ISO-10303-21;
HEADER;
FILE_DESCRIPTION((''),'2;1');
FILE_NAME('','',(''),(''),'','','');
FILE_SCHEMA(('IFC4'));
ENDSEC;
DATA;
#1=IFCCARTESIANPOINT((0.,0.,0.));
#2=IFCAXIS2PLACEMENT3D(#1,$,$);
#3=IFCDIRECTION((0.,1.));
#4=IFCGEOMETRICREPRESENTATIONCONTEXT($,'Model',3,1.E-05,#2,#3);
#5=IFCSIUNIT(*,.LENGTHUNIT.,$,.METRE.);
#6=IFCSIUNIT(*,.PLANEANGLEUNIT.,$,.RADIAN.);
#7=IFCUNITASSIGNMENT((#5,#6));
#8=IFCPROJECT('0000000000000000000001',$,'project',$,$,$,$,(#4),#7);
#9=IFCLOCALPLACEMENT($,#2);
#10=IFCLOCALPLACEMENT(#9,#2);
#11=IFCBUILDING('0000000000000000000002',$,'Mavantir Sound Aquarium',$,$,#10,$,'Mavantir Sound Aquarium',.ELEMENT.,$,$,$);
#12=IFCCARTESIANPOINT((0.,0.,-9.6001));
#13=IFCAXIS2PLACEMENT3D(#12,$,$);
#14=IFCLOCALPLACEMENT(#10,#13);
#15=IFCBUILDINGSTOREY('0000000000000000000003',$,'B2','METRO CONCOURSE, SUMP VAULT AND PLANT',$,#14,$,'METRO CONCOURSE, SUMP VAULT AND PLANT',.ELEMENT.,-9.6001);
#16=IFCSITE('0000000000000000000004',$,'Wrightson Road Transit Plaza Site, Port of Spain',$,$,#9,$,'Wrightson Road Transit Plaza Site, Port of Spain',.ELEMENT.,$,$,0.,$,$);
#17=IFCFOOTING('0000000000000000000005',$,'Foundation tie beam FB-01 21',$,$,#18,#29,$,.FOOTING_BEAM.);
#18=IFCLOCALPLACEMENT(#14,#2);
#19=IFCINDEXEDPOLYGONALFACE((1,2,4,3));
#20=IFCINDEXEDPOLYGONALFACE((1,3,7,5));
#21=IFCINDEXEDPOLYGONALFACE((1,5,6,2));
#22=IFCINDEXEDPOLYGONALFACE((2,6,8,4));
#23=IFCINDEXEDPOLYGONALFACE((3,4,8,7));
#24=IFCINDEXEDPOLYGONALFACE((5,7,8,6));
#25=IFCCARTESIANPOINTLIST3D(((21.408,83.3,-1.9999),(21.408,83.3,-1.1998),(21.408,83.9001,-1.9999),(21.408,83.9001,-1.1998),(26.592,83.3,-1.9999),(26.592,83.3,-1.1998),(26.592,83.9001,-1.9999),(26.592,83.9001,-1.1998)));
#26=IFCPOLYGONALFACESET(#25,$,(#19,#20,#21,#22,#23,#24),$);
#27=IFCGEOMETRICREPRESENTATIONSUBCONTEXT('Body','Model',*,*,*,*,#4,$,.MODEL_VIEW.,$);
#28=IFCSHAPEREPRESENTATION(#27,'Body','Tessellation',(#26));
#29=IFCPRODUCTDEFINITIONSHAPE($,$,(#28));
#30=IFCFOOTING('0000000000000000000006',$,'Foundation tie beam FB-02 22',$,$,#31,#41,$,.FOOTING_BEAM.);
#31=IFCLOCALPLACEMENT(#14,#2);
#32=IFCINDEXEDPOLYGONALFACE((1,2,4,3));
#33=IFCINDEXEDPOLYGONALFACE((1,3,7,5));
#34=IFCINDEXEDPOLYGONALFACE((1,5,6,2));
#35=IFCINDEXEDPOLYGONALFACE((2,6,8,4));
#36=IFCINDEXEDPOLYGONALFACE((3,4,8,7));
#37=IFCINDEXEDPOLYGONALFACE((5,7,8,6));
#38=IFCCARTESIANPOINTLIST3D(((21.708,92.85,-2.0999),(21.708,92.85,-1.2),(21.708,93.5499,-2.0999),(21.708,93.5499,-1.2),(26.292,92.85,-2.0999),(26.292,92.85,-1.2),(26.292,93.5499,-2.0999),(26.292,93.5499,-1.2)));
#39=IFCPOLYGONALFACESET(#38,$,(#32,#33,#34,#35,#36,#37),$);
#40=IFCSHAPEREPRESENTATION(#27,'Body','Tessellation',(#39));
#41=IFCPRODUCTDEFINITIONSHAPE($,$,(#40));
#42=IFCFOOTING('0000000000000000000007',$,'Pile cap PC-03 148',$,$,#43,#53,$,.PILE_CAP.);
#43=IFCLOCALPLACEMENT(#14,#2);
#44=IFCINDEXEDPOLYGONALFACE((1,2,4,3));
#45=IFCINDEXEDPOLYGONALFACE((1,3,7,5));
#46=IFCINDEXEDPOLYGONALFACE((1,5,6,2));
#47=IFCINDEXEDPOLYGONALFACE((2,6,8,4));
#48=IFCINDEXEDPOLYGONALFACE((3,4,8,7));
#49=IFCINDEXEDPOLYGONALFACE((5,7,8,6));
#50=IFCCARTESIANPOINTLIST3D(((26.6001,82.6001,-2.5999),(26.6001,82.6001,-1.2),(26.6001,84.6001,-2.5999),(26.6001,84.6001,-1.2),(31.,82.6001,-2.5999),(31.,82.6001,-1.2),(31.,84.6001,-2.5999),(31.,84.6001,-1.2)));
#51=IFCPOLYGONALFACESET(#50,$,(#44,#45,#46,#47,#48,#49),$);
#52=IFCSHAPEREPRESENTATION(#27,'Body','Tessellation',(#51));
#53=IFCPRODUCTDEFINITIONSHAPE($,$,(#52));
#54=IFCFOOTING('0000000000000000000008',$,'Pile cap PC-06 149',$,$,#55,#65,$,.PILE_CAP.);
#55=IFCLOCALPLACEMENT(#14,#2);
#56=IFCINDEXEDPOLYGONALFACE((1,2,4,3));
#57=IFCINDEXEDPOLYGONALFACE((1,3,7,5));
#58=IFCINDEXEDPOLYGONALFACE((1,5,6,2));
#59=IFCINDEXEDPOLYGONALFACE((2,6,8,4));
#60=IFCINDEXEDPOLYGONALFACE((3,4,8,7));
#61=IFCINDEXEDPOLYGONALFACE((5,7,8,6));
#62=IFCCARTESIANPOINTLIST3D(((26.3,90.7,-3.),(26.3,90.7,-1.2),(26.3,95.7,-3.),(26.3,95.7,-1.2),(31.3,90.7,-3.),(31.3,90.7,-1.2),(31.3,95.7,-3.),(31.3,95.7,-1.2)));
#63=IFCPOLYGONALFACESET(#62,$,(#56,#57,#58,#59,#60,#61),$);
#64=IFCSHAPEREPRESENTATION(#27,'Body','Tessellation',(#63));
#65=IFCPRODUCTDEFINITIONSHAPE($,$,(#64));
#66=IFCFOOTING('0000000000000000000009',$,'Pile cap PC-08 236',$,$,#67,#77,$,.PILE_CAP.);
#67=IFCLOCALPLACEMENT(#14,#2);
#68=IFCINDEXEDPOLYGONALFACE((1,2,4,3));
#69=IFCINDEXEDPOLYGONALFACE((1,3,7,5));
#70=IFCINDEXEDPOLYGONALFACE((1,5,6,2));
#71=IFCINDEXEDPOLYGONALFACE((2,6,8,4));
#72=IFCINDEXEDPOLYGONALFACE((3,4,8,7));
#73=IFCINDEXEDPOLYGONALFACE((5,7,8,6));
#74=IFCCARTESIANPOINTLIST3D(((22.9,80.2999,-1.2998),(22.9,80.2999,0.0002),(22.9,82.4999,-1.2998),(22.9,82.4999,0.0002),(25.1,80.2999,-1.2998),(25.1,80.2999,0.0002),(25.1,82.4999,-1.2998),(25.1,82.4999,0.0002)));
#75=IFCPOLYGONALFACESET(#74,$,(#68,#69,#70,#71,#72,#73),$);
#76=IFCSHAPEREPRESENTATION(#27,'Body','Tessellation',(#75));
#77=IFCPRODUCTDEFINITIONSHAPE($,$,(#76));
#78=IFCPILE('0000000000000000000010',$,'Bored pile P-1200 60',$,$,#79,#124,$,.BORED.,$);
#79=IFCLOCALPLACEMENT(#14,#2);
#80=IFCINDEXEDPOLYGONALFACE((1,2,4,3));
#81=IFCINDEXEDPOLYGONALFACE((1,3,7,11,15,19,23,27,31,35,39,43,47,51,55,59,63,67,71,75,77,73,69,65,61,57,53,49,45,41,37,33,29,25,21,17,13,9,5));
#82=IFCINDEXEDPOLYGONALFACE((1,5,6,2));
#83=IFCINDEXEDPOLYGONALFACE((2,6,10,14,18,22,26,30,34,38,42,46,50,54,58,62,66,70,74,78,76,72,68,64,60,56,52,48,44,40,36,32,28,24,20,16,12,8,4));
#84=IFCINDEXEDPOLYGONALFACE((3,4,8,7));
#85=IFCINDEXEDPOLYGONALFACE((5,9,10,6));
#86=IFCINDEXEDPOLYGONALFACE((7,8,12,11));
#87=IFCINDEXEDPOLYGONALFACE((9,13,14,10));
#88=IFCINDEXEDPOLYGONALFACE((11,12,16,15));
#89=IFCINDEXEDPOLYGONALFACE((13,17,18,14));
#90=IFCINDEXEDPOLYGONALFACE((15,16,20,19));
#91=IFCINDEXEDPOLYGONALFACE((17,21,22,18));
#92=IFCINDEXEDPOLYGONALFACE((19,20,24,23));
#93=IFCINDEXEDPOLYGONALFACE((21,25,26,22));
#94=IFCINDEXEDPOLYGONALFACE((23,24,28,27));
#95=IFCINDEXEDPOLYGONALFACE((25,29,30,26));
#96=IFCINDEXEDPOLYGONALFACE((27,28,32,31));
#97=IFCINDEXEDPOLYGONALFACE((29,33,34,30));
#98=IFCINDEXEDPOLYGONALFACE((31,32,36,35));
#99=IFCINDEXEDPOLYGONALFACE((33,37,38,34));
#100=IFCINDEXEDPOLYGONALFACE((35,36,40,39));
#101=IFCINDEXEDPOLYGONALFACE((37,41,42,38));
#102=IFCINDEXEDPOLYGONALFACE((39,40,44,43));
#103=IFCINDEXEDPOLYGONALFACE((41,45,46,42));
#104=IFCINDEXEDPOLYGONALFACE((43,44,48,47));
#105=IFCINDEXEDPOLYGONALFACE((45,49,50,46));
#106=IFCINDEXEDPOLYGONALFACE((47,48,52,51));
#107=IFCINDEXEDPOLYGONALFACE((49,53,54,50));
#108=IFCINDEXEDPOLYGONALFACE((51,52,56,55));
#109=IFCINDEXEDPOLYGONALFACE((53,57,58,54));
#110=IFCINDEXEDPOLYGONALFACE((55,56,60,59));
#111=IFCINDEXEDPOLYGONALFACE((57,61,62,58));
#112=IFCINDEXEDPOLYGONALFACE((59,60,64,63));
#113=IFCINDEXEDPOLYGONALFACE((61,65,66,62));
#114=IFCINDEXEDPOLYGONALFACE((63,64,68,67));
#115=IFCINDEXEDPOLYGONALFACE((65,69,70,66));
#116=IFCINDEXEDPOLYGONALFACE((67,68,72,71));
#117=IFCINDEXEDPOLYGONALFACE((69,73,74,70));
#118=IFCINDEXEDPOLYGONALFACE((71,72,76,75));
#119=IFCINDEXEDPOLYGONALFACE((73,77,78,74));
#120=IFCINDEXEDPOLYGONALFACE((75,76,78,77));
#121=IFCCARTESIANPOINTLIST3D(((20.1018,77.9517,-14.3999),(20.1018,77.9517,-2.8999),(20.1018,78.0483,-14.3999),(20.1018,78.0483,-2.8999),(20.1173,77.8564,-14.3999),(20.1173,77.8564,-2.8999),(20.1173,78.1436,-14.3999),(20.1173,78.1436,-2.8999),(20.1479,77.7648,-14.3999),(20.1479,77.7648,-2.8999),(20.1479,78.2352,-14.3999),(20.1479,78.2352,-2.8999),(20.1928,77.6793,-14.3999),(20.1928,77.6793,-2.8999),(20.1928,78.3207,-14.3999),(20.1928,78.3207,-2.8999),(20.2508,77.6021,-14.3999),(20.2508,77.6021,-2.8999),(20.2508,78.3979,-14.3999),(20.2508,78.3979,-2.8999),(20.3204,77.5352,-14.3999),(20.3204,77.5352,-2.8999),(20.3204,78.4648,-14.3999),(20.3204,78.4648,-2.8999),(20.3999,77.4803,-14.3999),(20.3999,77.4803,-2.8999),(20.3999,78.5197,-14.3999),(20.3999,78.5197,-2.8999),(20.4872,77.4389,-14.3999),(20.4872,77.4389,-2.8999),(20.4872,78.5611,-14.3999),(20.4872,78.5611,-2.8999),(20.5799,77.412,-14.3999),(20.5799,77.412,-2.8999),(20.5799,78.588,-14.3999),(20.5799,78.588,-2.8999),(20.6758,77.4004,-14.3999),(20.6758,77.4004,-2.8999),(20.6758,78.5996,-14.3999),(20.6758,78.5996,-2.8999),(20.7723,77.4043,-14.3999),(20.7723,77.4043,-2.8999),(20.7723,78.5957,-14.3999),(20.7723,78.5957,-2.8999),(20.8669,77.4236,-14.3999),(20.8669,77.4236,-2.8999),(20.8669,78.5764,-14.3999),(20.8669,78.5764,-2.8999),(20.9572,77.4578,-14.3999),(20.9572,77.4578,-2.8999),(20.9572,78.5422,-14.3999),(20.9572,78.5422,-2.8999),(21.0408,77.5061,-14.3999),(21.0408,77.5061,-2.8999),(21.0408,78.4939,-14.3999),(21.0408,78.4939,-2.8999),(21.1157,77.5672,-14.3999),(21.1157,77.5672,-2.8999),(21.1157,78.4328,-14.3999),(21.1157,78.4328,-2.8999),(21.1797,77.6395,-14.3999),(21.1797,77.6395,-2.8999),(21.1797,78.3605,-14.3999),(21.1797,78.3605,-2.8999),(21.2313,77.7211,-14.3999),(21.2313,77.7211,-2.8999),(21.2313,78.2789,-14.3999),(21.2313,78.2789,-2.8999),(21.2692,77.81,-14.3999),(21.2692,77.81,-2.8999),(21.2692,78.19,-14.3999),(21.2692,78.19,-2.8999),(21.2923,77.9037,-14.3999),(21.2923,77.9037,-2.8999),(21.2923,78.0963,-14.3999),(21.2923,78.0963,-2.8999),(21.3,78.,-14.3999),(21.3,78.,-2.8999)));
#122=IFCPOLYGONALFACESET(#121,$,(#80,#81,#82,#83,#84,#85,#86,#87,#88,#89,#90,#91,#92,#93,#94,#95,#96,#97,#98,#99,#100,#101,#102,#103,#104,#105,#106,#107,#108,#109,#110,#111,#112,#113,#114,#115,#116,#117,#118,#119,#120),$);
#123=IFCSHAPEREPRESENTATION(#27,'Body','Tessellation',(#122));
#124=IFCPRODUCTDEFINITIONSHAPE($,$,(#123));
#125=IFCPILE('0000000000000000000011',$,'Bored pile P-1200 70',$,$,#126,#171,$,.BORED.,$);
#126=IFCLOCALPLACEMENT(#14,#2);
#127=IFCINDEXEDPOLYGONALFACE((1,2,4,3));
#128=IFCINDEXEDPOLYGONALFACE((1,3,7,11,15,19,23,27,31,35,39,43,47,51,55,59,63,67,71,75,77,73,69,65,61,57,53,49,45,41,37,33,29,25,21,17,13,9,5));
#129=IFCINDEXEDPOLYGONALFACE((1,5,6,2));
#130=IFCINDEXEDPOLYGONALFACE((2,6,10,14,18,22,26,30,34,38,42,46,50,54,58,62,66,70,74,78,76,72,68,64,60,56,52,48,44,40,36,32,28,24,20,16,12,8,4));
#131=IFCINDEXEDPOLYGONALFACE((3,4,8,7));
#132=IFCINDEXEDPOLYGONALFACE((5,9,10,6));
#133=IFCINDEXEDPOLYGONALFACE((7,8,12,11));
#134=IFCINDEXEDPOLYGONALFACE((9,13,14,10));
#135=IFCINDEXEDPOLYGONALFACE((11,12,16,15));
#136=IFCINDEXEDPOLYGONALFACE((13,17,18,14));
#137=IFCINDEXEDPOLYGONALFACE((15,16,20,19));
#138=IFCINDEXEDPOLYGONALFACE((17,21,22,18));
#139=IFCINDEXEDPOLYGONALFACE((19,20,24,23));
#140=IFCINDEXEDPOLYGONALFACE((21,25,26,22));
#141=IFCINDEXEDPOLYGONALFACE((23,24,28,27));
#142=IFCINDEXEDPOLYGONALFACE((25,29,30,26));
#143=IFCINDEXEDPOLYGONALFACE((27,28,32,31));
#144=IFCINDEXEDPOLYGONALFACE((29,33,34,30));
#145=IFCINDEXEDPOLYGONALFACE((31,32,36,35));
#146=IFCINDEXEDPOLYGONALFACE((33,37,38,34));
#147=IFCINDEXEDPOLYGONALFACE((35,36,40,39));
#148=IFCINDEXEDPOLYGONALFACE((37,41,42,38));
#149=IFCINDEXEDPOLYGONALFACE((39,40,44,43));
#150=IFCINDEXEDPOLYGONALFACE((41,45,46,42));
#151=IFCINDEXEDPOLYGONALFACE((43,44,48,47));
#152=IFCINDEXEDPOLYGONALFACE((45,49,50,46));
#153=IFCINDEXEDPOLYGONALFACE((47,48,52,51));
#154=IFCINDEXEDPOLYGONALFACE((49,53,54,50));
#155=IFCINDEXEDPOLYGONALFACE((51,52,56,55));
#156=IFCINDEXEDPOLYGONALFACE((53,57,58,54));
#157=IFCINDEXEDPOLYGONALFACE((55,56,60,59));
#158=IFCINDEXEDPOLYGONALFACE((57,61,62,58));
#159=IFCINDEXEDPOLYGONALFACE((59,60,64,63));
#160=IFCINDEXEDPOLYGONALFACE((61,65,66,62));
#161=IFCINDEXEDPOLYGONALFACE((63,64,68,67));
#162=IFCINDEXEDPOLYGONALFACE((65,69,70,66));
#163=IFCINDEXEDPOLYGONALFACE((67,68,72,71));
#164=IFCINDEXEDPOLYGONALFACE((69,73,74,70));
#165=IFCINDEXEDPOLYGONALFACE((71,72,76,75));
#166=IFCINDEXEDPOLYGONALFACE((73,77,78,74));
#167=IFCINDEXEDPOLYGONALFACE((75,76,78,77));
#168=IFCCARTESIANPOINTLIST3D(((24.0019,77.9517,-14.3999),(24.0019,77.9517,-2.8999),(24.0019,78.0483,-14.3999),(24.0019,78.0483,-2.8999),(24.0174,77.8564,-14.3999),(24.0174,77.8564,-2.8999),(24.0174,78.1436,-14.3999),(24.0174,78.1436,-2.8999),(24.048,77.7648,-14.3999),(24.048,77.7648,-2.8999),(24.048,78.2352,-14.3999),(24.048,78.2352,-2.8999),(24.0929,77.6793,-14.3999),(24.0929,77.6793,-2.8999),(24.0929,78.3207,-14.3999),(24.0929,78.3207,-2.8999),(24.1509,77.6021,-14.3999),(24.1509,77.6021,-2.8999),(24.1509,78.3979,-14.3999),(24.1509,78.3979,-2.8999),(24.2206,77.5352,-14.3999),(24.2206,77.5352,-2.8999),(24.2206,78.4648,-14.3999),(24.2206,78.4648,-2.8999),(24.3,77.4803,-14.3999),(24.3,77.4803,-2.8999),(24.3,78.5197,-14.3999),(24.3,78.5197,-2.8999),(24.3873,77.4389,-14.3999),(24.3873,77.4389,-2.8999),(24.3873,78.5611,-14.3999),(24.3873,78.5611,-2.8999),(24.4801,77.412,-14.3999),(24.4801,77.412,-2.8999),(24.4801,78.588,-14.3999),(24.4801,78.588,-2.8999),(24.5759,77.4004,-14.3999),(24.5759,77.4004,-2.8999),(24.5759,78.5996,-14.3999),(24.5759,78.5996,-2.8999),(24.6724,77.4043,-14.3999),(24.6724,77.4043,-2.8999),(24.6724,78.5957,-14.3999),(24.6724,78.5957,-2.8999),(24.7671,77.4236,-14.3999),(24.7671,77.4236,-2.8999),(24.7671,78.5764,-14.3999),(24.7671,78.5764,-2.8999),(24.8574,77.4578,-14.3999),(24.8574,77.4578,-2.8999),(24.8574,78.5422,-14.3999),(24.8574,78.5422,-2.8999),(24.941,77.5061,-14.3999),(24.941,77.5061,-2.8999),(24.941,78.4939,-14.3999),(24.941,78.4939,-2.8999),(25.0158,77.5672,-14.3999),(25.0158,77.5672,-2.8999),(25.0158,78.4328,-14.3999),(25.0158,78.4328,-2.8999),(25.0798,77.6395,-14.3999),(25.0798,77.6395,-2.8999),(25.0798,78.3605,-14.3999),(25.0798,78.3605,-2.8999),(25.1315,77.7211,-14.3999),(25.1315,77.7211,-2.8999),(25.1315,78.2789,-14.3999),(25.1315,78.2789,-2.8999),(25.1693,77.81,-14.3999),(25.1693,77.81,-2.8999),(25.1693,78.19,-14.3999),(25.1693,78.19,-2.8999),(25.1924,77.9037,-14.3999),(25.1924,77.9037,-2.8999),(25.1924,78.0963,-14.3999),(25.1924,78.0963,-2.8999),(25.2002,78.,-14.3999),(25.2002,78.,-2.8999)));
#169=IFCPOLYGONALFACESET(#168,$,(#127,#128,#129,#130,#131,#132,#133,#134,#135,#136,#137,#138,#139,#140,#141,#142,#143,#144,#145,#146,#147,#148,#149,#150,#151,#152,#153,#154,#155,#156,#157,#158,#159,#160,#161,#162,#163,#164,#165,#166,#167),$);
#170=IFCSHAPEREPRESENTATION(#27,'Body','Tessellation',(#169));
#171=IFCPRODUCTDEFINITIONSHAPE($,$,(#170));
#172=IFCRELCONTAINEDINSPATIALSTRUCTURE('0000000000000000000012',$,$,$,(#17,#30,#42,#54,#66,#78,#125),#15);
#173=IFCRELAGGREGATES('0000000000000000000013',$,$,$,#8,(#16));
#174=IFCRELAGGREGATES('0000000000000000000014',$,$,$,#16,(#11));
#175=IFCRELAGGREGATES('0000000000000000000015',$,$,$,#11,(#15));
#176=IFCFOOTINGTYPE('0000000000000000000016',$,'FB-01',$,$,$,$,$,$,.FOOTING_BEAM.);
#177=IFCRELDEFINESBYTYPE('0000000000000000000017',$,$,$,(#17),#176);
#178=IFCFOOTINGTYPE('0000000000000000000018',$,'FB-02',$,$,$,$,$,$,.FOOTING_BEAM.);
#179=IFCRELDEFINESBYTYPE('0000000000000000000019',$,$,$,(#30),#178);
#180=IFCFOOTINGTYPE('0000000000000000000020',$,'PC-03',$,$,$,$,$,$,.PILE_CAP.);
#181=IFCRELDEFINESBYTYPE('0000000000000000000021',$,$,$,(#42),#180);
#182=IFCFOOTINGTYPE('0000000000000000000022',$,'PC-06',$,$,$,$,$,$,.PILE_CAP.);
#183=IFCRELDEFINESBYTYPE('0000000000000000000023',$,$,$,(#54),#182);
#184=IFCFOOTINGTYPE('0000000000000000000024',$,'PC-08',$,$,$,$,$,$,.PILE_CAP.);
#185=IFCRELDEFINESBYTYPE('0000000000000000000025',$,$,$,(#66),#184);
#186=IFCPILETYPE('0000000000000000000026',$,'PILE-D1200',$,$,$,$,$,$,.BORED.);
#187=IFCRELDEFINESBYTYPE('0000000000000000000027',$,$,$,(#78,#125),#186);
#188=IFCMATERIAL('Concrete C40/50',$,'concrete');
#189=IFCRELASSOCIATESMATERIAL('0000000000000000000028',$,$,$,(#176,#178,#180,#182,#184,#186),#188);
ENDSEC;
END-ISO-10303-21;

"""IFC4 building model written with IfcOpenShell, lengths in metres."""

from ifc_helpers import new_model, si_unit, direction, frame, origin, origin_2d, place, context, subcontext, project, spatial, rectangle, circle, extrude, material, material_profile, profile_set, type_object, element, save


model = new_model("IFC4")

# Units and contexts
model_context = context("Model", 3, precision=1e-05, world=origin(), true_north=direction((0.0, 1.0)))
body_context = subcontext(model_context, "Body", "Model", "MODEL_VIEW")
ifc_project = project(units=[si_unit("LENGTHUNIT", "METRE"), si_unit("PLANEANGLEUNIT", "RADIAN")], contexts=[model_context])

# Site, building, storey
site_placement = place(None, origin())
site = spatial("IfcSite", under=ifc_project, at=site_placement, Name="Wrightson Road Transit Plaza Site, Port of Spain", LongName="Wrightson Road Transit Plaza Site, Port of Spain", CompositionType="ELEMENT", RefElevation=0.0)
building_placement = place(site_placement, origin())
building = spatial("IfcBuilding", under=site, at=building_placement, Name="Mavantir Sound Aquarium", LongName="Mavantir Sound Aquarium", CompositionType="ELEMENT")
storey_placement = place(building_placement, frame((0.0, 0.0, -9.6001)))
storey = spatial("IfcBuildingStorey", under=building, at=storey_placement, Name="B2", Description="METRO CONCOURSE, SUMP VAULT AND PLANT", LongName="METRO CONCOURSE, SUMP VAULT AND PLANT", CompositionType="ELEMENT", Elevation=-9.6001)

# Footings
ifc_material_1 = material(Name="Concrete C40/50", Category="concrete")
ifc_material_profile_1 = material_profile(ifc_material_1, rectangle(XDim=0.6001, YDim=0.8, at=origin_2d()), Name="RC 600X800")
ifc_profile_set_1 = profile_set([ifc_material_profile_1], Name="Concrete C40/50")
footing_type_1 = type_object("IfcFootingType", Name="FB-01", PredefinedType="FOOTING_BEAM", material=ifc_profile_set_1)
footing_1_placement = place(storey_placement, frame((21.408, 83.6001, -1.5999), z_axis=(1.0, 0.0, 0.0), x_axis=(0.0, 1.0, 0.0)))
element("IfcFooting", 1, at=footing_1_placement, inside=storey, type_object=footing_type_1, Name="Foundation tie beam FB-01 21", PredefinedType="FOOTING_BEAM", context=body_context, shape_type="SweptSolid", body=[
    extrude(rectangle(XDim=0.6001, YDim=0.8, at=origin_2d()), origin(), (0.0, 0.0, 1.0), 5.1841),
])
ifc_material_profile_2 = material_profile(ifc_material_1, rectangle(XDim=0.7, YDim=0.8999, at=origin_2d()), Name="RC 700X900")
ifc_profile_set_2 = profile_set([ifc_material_profile_2], Name="Concrete C40/50")
footing_type_2 = type_object("IfcFootingType", Name="FB-02", PredefinedType="FOOTING_BEAM", material=ifc_profile_set_2)
footing_2_placement = place(storey_placement, frame((21.708, 93.2, -1.6499), z_axis=(1.0, 0.0, 0.0), x_axis=(0.0, 1.0, 0.0)))
element("IfcFooting", 2, at=footing_2_placement, inside=storey, type_object=footing_type_2, Name="Foundation tie beam FB-02 22", PredefinedType="FOOTING_BEAM", context=body_context, shape_type="SweptSolid", body=[
    extrude(rectangle(XDim=0.7, YDim=0.8999, at=origin_2d()), origin(), (0.0, 0.0, 1.0), 4.584),
])
footing_type_3 = type_object("IfcFootingType", Name="PC-03", PredefinedType="PILE_CAP", material=ifc_material_1)
footing_3_placement = place(storey_placement, frame((28.8, 83.6001, -2.5999), z_axis=(0.0, 0.0, 1.0), x_axis=(1.0, 0.0, 0.0)))
element("IfcFooting", 3, at=footing_3_placement, inside=storey, type_object=footing_type_3, Name="Pile cap PC-03 148", PredefinedType="PILE_CAP", context=body_context, shape_type="SweptSolid", body=[
    extrude(rectangle(XDim=4.3999, YDim=2.0, at=origin_2d()), origin(), (0.0, 0.0, 1.0), 1.3999),
])
footing_type_4 = type_object("IfcFootingType", Name="PC-06", PredefinedType="PILE_CAP", material=ifc_material_1)
footing_4_placement = place(storey_placement, frame((28.8, 93.2, -3.0), z_axis=(0.0, 0.0, 1.0), x_axis=(1.0, 0.0, 0.0)))
element("IfcFooting", 4, at=footing_4_placement, inside=storey, type_object=footing_type_4, Name="Pile cap PC-06 149", PredefinedType="PILE_CAP", context=body_context, shape_type="SweptSolid", body=[
    extrude(rectangle(XDim=5.0, YDim=5.0, at=origin_2d()), origin(), (0.0, 0.0, 1.0), 1.8),
])
footing_type_5 = type_object("IfcFootingType", Name="PC-08", PredefinedType="PILE_CAP", material=ifc_material_1)
footing_5_placement = place(storey_placement, frame((24.0, 81.3999, -1.2998), z_axis=(0.0, 0.0, 1.0), x_axis=(1.0, 0.0, 0.0)))
element("IfcFooting", 5, at=footing_5_placement, inside=storey, type_object=footing_type_5, Name="Pile cap PC-08 236", PredefinedType="PILE_CAP", context=body_context, shape_type="SweptSolid", body=[
    extrude(rectangle(XDim=2.2, YDim=2.2, at=origin_2d()), origin(), (0.0, 0.0, 1.0), 1.3),
])

# Piles
ifc_material_profile_3 = material_profile(ifc_material_1, circle(Radius=0.6001, at=origin_2d()), Name="PILE D1200")
ifc_profile_set_3 = profile_set([ifc_material_profile_3], Name="Concrete C40/50")
pile_type_1 = type_object("IfcPileType", Name="PILE-D1200", PredefinedType="BORED", material=ifc_profile_set_3)
for number, where, z_axis, x_axis, name in (
    (6, (20.7, 78.0, -2.8999), (0.0, 0.0, -1.0), (1.0, 0.0, 0.0), "Bored pile P-1200 60"),
    (7, (24.6001, 78.0, -2.8999), (0.0, 0.0, -1.0), (1.0, 0.0, 0.0), "Bored pile P-1200 70"),
):
    element("IfcPile", number, at=place(storey_placement, frame(where, z_axis=z_axis, x_axis=x_axis)), inside=storey, type_object=pile_type_1, Name=name, PredefinedType="BORED", context=body_context, shape_type="SweptSolid", body=[
        extrude(circle(Radius=0.6001, at=origin_2d()), origin(), (0.0, 0.0, 1.0), 11.5),
    ])

save(model, "model.ifc")
